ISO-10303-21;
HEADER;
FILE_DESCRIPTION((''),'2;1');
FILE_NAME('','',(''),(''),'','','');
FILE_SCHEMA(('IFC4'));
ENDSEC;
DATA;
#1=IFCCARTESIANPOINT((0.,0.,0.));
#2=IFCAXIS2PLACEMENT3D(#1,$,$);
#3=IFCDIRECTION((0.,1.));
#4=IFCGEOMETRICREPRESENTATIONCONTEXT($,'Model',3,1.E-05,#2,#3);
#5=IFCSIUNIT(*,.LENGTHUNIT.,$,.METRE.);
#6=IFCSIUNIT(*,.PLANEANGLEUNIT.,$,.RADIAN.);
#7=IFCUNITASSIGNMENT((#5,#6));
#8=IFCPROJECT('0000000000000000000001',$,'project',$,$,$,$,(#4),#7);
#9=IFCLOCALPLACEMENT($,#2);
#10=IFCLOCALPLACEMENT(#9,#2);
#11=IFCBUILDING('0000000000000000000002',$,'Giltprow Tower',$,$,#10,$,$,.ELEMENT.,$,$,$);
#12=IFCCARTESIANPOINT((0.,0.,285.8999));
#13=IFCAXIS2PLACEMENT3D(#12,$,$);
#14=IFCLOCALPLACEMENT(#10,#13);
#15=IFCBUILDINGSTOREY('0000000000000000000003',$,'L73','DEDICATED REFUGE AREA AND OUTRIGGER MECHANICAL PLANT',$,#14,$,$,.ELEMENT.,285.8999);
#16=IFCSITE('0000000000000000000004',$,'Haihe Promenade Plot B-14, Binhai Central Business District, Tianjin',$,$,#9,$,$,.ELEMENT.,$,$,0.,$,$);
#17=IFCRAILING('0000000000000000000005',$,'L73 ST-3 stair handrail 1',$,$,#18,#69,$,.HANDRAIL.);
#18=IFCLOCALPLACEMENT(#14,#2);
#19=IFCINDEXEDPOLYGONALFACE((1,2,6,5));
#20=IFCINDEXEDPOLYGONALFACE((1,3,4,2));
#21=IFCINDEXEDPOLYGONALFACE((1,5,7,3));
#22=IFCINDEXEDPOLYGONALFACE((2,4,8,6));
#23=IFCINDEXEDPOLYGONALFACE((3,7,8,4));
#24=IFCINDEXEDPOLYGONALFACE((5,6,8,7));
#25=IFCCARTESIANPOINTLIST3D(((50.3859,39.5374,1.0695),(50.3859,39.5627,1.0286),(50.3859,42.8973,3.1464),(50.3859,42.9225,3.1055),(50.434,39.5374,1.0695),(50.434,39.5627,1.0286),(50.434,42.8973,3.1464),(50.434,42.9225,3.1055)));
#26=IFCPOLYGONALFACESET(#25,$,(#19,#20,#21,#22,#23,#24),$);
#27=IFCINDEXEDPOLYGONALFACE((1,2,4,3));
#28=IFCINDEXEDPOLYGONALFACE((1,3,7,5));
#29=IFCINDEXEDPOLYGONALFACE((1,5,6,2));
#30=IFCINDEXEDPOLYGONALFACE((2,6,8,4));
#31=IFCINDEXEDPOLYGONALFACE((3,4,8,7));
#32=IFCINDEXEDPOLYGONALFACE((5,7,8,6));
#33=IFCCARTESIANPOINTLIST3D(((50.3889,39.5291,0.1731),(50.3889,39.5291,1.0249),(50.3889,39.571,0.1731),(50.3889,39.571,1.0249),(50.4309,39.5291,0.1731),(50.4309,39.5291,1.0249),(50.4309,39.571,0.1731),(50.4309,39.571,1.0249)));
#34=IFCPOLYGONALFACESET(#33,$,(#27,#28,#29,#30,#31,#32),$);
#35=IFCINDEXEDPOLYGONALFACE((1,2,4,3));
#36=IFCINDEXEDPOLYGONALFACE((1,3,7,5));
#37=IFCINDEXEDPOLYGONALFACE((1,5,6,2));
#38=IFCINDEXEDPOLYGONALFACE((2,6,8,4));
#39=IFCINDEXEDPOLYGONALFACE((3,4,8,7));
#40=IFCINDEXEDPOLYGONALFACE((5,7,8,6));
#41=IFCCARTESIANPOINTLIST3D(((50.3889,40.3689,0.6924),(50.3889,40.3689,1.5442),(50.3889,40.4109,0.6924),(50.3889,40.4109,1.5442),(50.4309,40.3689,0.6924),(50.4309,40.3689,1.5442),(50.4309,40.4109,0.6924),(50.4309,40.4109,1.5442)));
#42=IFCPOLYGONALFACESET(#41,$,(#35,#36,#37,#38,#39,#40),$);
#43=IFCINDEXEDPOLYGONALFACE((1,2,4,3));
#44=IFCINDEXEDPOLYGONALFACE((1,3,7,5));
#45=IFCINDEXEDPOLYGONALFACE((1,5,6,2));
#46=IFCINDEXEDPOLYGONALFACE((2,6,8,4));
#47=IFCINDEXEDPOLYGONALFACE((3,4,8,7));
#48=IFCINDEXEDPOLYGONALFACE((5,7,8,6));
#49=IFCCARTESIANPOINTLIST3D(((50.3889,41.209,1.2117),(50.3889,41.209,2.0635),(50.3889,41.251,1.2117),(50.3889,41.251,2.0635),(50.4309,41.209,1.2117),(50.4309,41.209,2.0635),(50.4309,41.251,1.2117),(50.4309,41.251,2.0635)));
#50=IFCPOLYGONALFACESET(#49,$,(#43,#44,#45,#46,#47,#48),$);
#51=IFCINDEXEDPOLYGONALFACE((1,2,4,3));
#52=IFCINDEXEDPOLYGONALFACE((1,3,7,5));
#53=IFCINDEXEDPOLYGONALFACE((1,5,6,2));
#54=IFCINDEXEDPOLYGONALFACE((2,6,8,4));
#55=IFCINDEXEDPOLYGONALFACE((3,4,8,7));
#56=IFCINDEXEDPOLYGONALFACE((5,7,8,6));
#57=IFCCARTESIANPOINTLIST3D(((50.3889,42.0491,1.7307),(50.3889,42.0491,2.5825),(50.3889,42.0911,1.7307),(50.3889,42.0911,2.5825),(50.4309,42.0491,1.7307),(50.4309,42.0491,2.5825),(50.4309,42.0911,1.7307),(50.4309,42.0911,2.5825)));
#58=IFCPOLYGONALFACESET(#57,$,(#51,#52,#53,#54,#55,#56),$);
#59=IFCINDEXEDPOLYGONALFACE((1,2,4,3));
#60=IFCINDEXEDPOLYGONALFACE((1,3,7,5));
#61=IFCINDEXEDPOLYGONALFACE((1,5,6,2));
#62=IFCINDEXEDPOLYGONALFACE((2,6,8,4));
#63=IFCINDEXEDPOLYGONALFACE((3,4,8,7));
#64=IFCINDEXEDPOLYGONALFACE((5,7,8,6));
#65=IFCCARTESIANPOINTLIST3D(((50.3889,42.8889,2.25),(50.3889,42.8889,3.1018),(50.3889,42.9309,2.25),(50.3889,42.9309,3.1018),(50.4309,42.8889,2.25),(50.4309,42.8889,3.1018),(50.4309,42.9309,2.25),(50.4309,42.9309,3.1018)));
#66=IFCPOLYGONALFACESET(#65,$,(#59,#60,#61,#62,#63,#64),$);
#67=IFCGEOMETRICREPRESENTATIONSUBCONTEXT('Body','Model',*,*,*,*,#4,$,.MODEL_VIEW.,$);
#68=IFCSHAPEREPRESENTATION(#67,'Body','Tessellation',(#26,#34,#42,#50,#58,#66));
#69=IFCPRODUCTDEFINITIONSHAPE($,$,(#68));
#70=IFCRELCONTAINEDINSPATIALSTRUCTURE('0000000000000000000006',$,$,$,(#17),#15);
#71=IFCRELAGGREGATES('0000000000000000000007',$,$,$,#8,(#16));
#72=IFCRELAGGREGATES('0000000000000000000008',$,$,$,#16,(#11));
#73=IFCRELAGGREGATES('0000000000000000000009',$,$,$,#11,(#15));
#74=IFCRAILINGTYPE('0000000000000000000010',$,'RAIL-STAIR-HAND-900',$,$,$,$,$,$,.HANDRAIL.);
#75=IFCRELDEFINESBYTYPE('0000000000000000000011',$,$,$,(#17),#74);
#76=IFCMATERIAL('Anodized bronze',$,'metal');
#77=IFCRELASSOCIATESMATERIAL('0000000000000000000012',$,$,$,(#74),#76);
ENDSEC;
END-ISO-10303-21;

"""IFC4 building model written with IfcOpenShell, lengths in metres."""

from ifc_helpers import new_model, si_unit, direction, frame, origin, origin_2d, place, context, subcontext, project, spatial, rectangle, extrude, material, type_object, element, save


model = new_model("IFC4")

# Units and contexts
model_context = context("Model", 3, precision=1e-05, world=origin(), true_north=direction((0.0, 1.0)))
body_context = subcontext(model_context, "Body", "Model", "MODEL_VIEW")
ifc_project = project(units=[si_unit("LENGTHUNIT", "METRE"), si_unit("PLANEANGLEUNIT", "RADIAN")], contexts=[model_context])

# Site, building, storey
site_placement = place(None, origin())
site = spatial("IfcSite", under=ifc_project, at=site_placement, Name="Haihe Promenade Plot B-14, Binhai Central Business District, Tianjin", CompositionType="ELEMENT", RefElevation=0.0)
building_placement = place(site_placement, origin())
building = spatial("IfcBuilding", under=site, at=building_placement, Name="Giltprow Tower", CompositionType="ELEMENT")
storey_placement = place(building_placement, frame((0.0, 0.0, 285.8999)))
storey = spatial("IfcBuildingStorey", under=building, at=storey_placement, Name="L73", Description="DEDICATED REFUGE AREA AND OUTRIGGER MECHANICAL PLANT", CompositionType="ELEMENT", Elevation=285.8999)

# Railing
ifc_material_1 = material(Name="Anodized bronze", Category="metal")
railing_type_1 = type_object("IfcRailingType", Name="RAIL-STAIR-HAND-900", PredefinedType="HANDRAIL", material=ifc_material_1)
railing_1_placement = place(storey_placement, frame((50.4099, 39.55, 0.1731)))
element("IfcRailing", 1, at=railing_1_placement, inside=storey, type_object=railing_type_1, Name="L73 ST-3 stair handrail 1", PredefinedType="HANDRAIL", context=body_context, shape_type="SweptSolid", body=[
    extrude(rectangle(XDim=0.0481, YDim=0.0481, at=origin_2d()), frame((0.0, 0.0, 0.876), z_axis=(0.0, 0.850606, 0.525803), x_axis=(-1.0, 0.0, 0.0)), (0.0, 0.0, 1.0), 3.95),
    extrude(rectangle(XDim=0.042, YDim=0.042, at=origin_2d()), origin(), (0.0, 0.0, 1.0), 0.8518),
    extrude(rectangle(XDim=0.042, YDim=0.042, at=origin_2d()), frame((0.0, 0.8398, 0.5193)), (0.0, 0.0, 1.0), 0.8518),
    extrude(rectangle(XDim=0.042, YDim=0.042, at=origin_2d()), frame((0.0, 1.6799, 1.0386)), (0.0, 0.0, 1.0), 0.8518),
    extrude(rectangle(XDim=0.042, YDim=0.042, at=origin_2d()), frame((0.0, 2.52, 1.5576)), (0.0, 0.0, 1.0), 0.8518),
    extrude(rectangle(XDim=0.042, YDim=0.042, at=origin_2d()), frame((0.0, 3.3599, 2.0769)), (0.0, 0.0, 1.0), 0.8518),
])

save(model, "model.ifc")
